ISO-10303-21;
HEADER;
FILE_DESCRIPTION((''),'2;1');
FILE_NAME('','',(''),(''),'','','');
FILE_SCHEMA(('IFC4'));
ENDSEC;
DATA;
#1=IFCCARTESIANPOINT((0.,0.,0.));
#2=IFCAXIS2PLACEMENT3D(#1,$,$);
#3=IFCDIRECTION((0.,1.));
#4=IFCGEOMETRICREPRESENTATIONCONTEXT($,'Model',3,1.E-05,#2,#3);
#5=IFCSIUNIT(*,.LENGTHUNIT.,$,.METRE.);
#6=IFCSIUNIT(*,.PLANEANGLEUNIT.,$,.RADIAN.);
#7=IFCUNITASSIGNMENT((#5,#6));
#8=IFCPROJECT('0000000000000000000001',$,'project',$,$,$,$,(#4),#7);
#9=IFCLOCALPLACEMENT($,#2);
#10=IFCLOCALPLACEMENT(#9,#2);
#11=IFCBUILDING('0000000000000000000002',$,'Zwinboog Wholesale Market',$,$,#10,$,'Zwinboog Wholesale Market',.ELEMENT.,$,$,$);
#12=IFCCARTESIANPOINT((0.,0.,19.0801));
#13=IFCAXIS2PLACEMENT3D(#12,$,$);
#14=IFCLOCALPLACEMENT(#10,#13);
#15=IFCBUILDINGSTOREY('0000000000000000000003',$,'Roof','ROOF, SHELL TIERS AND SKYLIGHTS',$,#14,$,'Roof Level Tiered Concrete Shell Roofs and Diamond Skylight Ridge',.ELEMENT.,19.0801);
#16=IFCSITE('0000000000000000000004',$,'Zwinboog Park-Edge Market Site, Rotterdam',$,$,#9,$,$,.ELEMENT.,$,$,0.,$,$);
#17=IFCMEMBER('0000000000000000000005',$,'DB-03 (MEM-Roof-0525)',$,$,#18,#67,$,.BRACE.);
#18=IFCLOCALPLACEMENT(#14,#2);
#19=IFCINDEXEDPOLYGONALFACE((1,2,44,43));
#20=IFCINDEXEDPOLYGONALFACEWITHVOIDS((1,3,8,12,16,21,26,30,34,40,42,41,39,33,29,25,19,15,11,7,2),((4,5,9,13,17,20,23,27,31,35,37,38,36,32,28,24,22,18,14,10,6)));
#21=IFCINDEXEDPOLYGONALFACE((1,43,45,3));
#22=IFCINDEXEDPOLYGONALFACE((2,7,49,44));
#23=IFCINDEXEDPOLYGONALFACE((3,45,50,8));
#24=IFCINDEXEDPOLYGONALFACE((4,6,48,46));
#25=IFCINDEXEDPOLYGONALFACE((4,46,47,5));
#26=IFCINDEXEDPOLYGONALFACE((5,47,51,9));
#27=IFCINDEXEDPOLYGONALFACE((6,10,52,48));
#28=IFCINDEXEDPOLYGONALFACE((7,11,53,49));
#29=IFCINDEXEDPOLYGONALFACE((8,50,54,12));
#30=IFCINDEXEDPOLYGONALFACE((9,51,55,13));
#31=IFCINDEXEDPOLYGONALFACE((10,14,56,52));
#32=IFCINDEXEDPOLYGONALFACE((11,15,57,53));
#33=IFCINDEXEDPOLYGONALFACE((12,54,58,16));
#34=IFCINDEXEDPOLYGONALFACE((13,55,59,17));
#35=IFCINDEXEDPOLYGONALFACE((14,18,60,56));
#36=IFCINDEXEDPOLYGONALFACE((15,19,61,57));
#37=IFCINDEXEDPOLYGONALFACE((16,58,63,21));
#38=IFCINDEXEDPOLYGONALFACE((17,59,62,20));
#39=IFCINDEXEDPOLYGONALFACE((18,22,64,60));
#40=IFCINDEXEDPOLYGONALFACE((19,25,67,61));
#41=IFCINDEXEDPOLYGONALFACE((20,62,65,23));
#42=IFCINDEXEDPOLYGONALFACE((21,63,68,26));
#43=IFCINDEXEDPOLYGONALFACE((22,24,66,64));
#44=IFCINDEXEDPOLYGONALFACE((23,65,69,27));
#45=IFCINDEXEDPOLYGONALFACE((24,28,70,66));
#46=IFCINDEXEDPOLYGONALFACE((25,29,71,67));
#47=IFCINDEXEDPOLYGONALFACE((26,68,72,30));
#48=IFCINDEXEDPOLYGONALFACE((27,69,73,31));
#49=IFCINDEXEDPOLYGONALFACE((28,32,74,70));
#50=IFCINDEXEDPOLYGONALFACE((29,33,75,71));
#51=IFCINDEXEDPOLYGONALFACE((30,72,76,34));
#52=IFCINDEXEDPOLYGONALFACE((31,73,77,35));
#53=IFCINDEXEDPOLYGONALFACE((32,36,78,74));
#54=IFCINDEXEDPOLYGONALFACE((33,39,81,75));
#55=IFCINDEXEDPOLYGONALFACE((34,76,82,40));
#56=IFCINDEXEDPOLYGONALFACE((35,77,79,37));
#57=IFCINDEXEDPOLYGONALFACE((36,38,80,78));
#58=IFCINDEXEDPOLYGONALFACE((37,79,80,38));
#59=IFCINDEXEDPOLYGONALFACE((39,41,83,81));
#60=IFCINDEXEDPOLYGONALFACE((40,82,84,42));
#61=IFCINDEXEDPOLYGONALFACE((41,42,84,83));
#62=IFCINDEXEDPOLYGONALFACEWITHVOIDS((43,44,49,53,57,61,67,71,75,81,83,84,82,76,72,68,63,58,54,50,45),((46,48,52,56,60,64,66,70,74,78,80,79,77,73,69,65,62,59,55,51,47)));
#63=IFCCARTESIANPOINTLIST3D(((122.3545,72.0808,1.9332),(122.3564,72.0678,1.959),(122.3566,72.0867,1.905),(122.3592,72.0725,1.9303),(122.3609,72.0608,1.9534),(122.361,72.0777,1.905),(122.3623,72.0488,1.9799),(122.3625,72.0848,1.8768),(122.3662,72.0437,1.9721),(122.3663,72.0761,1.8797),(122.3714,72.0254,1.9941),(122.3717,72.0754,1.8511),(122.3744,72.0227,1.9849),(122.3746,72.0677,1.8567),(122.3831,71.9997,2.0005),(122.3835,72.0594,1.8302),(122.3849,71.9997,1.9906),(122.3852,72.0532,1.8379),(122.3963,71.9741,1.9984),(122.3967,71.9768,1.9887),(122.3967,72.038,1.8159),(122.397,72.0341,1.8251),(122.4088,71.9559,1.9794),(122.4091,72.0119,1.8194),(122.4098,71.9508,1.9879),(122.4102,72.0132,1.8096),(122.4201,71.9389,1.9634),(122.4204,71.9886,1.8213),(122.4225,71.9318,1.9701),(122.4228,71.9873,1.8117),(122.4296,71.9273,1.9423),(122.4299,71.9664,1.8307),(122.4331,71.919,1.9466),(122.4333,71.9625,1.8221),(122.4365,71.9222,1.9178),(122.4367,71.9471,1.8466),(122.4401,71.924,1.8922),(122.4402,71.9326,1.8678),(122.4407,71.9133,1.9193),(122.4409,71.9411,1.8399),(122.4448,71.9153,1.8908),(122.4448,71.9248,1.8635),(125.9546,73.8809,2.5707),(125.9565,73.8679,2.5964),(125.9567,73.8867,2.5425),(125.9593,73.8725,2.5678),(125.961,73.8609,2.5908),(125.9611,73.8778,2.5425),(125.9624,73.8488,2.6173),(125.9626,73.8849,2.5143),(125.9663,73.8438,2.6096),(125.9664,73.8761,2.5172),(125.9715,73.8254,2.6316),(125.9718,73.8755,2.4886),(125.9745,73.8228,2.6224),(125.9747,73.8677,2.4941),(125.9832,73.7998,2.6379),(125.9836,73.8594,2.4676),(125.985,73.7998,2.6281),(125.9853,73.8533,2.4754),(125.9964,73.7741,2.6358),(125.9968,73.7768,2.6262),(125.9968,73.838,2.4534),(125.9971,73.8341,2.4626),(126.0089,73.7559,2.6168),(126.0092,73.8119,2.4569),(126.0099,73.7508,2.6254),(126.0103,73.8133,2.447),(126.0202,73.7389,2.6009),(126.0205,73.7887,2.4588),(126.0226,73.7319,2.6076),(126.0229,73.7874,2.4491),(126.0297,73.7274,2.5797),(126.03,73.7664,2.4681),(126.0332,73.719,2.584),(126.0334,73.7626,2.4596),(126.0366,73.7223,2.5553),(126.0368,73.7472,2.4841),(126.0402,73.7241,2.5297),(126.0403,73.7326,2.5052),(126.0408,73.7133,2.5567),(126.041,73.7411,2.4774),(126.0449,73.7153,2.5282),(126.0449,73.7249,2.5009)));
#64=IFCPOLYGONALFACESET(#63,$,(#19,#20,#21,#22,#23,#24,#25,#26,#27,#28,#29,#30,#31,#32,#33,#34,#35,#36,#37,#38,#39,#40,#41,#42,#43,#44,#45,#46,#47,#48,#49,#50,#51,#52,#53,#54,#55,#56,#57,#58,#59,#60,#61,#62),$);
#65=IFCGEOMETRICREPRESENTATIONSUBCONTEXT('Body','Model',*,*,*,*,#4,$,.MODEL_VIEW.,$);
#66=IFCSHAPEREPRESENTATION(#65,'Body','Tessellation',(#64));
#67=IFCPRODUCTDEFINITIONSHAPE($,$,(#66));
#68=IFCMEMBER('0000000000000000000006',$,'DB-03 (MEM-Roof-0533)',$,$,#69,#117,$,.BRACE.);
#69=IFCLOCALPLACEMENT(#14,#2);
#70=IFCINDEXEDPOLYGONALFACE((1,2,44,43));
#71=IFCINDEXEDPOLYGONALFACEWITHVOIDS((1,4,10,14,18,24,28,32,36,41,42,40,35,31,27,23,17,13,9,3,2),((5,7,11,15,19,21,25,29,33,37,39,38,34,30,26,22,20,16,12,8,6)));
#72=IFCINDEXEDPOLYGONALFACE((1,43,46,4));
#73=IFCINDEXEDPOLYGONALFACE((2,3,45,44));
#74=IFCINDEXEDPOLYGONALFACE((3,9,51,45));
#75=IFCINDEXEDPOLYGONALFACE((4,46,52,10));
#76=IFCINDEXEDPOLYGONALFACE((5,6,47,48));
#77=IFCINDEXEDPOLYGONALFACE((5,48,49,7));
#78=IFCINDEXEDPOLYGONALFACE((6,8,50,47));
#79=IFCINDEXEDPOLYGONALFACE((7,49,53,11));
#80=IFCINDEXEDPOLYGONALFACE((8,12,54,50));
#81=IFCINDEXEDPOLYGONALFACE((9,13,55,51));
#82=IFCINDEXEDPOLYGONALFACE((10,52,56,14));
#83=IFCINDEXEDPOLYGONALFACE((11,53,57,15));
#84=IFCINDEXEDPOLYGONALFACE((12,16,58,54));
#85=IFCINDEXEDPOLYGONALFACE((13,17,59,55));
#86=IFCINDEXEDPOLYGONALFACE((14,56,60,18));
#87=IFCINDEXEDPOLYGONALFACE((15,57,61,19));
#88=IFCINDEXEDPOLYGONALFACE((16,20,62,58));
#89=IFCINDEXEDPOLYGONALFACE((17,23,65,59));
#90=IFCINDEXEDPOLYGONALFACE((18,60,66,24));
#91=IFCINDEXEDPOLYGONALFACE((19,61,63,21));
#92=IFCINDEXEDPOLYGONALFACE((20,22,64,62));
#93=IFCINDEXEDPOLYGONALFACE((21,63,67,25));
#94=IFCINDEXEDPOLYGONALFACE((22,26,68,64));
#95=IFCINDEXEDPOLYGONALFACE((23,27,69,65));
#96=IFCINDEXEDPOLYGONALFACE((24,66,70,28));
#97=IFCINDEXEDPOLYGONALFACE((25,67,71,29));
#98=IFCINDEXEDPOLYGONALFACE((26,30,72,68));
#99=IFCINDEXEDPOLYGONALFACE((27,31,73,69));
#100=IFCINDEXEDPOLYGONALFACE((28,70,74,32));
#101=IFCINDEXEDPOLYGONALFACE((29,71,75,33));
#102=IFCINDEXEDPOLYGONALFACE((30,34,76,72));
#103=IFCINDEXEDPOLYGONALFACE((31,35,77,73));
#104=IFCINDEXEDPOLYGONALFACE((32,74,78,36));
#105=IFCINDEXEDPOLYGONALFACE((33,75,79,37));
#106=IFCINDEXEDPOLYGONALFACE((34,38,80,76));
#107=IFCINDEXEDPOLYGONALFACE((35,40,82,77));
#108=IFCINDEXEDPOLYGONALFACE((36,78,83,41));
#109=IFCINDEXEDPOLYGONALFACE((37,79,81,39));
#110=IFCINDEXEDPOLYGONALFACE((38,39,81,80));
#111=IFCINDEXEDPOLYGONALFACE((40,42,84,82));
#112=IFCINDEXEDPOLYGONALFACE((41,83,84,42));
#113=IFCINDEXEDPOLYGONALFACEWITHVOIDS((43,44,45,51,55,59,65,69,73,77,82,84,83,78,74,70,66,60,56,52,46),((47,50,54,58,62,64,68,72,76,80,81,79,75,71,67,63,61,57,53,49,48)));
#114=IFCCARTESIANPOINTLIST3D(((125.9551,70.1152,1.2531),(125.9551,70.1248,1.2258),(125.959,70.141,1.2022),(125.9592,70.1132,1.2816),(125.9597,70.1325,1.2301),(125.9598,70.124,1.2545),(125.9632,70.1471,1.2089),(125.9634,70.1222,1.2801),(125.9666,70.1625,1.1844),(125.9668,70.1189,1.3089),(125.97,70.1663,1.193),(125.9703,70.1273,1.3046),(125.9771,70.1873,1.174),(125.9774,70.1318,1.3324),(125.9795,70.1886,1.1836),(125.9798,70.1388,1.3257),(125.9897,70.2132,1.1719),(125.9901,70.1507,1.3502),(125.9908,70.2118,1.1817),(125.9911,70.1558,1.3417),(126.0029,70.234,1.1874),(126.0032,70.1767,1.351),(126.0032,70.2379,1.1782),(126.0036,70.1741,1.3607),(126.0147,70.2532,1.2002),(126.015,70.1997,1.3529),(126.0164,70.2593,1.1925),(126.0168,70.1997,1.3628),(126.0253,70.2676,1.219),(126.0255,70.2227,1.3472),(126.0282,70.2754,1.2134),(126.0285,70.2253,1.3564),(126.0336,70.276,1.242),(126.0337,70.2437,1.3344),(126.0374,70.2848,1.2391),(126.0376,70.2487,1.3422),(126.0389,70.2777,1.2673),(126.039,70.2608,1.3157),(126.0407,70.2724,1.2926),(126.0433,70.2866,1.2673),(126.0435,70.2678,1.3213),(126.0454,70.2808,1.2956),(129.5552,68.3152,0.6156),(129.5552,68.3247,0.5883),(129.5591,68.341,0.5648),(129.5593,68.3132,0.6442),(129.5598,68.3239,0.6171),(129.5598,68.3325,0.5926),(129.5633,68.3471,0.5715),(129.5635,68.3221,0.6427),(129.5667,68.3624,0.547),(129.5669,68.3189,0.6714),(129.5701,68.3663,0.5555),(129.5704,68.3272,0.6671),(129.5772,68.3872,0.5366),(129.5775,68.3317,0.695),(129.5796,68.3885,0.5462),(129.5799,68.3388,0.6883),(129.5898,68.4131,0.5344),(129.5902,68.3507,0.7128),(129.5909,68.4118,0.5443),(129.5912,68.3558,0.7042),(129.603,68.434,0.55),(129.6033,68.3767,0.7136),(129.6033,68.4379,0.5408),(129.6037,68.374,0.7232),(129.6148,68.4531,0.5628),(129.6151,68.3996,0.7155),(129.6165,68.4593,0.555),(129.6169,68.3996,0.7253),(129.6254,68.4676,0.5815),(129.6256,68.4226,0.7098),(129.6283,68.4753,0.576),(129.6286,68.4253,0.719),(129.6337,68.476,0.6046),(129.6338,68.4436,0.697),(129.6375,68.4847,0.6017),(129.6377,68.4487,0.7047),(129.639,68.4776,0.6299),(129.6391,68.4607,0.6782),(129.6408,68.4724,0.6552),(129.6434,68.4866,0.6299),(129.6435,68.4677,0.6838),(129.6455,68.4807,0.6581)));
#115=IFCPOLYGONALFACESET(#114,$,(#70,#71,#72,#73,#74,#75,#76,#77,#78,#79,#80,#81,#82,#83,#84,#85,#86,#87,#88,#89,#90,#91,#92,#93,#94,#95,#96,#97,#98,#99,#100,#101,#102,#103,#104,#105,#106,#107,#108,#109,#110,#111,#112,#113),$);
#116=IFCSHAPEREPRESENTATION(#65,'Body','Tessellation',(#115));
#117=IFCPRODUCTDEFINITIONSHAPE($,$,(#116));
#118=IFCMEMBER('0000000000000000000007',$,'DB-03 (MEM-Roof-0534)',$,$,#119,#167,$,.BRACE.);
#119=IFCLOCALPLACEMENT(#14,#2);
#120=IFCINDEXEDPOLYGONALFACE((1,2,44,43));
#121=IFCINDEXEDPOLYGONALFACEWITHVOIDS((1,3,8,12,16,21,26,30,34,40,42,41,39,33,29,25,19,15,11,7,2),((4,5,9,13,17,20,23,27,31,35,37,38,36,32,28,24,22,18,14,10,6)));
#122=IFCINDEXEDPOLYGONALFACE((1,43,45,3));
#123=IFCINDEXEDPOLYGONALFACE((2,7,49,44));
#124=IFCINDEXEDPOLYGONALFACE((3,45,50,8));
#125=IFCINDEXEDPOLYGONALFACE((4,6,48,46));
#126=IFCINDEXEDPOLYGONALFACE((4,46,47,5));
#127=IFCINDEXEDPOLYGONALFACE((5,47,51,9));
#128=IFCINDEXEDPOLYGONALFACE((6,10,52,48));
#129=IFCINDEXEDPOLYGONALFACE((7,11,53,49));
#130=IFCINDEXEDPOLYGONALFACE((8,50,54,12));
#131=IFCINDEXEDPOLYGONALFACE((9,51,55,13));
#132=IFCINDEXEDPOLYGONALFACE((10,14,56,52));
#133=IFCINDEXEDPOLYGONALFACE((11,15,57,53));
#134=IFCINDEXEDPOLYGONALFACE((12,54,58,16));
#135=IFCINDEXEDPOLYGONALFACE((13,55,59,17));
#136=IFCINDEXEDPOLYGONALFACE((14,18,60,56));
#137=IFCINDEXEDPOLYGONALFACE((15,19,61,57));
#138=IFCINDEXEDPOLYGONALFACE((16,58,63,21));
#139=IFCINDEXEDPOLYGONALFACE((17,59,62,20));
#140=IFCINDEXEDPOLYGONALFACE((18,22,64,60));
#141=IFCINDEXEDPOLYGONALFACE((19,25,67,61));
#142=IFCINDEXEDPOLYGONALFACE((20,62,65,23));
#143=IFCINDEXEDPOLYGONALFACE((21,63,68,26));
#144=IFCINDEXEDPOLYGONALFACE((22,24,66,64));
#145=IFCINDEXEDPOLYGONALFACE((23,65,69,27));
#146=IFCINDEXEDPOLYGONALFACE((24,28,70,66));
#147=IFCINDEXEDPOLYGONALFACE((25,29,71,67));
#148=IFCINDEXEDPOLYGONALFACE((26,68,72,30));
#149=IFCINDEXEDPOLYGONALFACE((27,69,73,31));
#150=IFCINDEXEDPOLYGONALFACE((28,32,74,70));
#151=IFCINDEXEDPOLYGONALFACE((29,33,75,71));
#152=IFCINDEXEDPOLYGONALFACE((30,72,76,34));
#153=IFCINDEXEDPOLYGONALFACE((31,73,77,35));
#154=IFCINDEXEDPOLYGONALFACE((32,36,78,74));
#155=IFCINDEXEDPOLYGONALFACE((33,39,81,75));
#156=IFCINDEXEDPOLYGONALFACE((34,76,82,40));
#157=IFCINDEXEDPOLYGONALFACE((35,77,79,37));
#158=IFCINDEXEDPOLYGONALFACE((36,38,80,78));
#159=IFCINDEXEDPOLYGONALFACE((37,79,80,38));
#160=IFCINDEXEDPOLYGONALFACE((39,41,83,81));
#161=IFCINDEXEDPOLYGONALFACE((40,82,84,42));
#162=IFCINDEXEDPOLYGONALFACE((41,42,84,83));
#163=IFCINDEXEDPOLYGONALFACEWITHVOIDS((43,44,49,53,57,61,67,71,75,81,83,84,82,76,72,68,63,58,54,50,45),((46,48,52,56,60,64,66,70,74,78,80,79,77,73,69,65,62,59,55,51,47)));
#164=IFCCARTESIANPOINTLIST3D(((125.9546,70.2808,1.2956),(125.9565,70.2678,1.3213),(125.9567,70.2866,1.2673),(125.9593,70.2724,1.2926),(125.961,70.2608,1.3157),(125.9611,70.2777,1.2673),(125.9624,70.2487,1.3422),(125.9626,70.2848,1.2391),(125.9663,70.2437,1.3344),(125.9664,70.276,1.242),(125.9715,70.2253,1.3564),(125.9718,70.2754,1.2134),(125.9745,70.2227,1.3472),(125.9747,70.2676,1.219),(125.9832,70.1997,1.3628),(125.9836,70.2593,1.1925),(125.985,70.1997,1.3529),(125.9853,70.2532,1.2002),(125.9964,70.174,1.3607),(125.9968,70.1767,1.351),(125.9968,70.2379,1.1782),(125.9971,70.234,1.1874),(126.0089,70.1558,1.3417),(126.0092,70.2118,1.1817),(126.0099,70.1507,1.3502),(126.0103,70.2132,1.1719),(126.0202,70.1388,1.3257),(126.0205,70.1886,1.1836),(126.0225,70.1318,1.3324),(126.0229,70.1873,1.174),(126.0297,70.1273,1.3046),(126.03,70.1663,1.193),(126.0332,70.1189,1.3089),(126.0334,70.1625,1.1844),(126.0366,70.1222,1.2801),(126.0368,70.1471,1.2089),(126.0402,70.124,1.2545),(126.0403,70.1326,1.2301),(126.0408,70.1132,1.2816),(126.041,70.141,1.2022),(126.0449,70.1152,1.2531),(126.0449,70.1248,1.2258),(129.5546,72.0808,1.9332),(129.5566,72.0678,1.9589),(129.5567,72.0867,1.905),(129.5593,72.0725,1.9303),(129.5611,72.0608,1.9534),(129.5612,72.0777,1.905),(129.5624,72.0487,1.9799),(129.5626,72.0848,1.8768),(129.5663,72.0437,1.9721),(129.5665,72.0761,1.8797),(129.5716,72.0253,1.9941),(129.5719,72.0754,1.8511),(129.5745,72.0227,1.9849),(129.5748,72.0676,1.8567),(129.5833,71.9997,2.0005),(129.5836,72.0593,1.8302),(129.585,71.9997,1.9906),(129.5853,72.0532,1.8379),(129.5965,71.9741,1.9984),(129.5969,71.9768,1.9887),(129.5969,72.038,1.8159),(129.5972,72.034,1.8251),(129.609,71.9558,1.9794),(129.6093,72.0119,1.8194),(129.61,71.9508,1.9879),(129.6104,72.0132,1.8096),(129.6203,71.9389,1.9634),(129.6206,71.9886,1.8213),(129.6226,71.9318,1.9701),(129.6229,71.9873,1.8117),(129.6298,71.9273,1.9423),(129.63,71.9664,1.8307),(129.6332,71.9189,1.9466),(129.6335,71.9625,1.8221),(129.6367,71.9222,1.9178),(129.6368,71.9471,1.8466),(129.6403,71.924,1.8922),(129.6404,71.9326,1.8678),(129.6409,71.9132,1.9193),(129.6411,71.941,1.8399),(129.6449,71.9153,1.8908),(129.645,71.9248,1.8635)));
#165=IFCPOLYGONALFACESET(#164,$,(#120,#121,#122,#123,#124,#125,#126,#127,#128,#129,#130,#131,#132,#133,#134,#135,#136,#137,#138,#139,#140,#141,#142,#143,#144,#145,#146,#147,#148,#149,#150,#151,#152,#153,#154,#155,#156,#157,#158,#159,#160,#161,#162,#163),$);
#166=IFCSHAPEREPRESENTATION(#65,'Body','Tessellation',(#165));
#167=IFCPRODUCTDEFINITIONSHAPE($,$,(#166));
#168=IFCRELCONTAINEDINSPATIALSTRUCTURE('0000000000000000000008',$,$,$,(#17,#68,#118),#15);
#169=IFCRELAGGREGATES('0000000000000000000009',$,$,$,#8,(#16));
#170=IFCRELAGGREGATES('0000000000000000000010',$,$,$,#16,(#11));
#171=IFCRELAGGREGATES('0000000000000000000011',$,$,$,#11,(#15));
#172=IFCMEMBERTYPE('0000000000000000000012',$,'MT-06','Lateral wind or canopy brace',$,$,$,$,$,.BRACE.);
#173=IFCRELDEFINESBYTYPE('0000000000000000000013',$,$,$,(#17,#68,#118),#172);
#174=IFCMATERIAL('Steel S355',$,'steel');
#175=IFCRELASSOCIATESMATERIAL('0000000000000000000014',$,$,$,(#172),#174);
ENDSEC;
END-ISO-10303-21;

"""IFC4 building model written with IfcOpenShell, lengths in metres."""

from ifc_helpers import new_model, si_unit, direction, frame, origin, origin_2d, place, context, subcontext, project, spatial, hollow_circle, extrude, material, material_profile, profile_set, type_object, element, save


model = new_model("IFC4")

# Units and contexts
model_context = context("Model", 3, precision=1e-05, world=origin(), true_north=direction((0.0, 1.0)))
body_context = subcontext(model_context, "Body", "Model", "MODEL_VIEW")
ifc_project = project(units=[si_unit("LENGTHUNIT", "METRE"), si_unit("PLANEANGLEUNIT", "RADIAN")], contexts=[model_context])

# Site, building, storey
site_placement = place(None, origin())
site = spatial("IfcSite", under=ifc_project, at=site_placement, Name="Zwinboog Park-Edge Market Site, Rotterdam", CompositionType="ELEMENT", RefElevation=0.0)
building_placement = place(site_placement, origin())
building = spatial("IfcBuilding", under=site, at=building_placement, Name="Zwinboog Wholesale Market", LongName="Zwinboog Wholesale Market", CompositionType="ELEMENT")
storey_placement = place(building_placement, frame((0.0, 0.0, 19.0801)))
storey = spatial("IfcBuildingStorey", under=building, at=storey_placement, Name="Roof", Description="ROOF, SHELL TIERS AND SKYLIGHTS", LongName="Roof Level Tiered Concrete Shell Roofs and Diamond Skylight Ridge", CompositionType="ELEMENT", Elevation=19.0801)

# Members
ifc_material_1 = material(Name="Steel S355", Category="steel")
ifc_material_profile_1 = material_profile(ifc_material_1, hollow_circle(Radius=0.0969, WallThickness=0.01, at=origin_2d()), Name="CHS 193.7x10")
ifc_profile_set_1 = profile_set([ifc_material_profile_1], Name="Steel S355")
member_type_1 = type_object("IfcMemberType", Name="MT-06", Description="Lateral wind or canopy brace", PredefinedType="BRACE", material=ifc_profile_set_1)
for number, where, z_axis, x_axis, name in (
    (1, (122.3999, 72.0, 1.905), (0.883417, 0.441709, 0.156422), (-0.447214, 0.894427, 0.0), "DB-03 (MEM-Roof-0525)"),
    (2, (126.0, 70.2, 1.2673), (0.883417, -0.441709, -0.156422), (0.447214, 0.894427, 0.0), "DB-03 (MEM-Roof-0533)"),
    (3, (126.0, 70.2, 1.2673), (0.883409, 0.441704, 0.156481), (-0.447214, 0.894427, 0.0), "DB-03 (MEM-Roof-0534)"),
):
    element("IfcMember", number, at=place(storey_placement, frame(where, z_axis=z_axis, x_axis=x_axis)), inside=storey, type_object=member_type_1, Name=name, PredefinedType="BRACE", context=body_context, shape_type="SweptSolid", body=[
        extrude(hollow_circle(Radius=0.0969, WallThickness=0.01, at=origin_2d()), origin(), (0.0, 0.0, 1.0), 4.0752),
    ])

save(model, "model.ifc")
